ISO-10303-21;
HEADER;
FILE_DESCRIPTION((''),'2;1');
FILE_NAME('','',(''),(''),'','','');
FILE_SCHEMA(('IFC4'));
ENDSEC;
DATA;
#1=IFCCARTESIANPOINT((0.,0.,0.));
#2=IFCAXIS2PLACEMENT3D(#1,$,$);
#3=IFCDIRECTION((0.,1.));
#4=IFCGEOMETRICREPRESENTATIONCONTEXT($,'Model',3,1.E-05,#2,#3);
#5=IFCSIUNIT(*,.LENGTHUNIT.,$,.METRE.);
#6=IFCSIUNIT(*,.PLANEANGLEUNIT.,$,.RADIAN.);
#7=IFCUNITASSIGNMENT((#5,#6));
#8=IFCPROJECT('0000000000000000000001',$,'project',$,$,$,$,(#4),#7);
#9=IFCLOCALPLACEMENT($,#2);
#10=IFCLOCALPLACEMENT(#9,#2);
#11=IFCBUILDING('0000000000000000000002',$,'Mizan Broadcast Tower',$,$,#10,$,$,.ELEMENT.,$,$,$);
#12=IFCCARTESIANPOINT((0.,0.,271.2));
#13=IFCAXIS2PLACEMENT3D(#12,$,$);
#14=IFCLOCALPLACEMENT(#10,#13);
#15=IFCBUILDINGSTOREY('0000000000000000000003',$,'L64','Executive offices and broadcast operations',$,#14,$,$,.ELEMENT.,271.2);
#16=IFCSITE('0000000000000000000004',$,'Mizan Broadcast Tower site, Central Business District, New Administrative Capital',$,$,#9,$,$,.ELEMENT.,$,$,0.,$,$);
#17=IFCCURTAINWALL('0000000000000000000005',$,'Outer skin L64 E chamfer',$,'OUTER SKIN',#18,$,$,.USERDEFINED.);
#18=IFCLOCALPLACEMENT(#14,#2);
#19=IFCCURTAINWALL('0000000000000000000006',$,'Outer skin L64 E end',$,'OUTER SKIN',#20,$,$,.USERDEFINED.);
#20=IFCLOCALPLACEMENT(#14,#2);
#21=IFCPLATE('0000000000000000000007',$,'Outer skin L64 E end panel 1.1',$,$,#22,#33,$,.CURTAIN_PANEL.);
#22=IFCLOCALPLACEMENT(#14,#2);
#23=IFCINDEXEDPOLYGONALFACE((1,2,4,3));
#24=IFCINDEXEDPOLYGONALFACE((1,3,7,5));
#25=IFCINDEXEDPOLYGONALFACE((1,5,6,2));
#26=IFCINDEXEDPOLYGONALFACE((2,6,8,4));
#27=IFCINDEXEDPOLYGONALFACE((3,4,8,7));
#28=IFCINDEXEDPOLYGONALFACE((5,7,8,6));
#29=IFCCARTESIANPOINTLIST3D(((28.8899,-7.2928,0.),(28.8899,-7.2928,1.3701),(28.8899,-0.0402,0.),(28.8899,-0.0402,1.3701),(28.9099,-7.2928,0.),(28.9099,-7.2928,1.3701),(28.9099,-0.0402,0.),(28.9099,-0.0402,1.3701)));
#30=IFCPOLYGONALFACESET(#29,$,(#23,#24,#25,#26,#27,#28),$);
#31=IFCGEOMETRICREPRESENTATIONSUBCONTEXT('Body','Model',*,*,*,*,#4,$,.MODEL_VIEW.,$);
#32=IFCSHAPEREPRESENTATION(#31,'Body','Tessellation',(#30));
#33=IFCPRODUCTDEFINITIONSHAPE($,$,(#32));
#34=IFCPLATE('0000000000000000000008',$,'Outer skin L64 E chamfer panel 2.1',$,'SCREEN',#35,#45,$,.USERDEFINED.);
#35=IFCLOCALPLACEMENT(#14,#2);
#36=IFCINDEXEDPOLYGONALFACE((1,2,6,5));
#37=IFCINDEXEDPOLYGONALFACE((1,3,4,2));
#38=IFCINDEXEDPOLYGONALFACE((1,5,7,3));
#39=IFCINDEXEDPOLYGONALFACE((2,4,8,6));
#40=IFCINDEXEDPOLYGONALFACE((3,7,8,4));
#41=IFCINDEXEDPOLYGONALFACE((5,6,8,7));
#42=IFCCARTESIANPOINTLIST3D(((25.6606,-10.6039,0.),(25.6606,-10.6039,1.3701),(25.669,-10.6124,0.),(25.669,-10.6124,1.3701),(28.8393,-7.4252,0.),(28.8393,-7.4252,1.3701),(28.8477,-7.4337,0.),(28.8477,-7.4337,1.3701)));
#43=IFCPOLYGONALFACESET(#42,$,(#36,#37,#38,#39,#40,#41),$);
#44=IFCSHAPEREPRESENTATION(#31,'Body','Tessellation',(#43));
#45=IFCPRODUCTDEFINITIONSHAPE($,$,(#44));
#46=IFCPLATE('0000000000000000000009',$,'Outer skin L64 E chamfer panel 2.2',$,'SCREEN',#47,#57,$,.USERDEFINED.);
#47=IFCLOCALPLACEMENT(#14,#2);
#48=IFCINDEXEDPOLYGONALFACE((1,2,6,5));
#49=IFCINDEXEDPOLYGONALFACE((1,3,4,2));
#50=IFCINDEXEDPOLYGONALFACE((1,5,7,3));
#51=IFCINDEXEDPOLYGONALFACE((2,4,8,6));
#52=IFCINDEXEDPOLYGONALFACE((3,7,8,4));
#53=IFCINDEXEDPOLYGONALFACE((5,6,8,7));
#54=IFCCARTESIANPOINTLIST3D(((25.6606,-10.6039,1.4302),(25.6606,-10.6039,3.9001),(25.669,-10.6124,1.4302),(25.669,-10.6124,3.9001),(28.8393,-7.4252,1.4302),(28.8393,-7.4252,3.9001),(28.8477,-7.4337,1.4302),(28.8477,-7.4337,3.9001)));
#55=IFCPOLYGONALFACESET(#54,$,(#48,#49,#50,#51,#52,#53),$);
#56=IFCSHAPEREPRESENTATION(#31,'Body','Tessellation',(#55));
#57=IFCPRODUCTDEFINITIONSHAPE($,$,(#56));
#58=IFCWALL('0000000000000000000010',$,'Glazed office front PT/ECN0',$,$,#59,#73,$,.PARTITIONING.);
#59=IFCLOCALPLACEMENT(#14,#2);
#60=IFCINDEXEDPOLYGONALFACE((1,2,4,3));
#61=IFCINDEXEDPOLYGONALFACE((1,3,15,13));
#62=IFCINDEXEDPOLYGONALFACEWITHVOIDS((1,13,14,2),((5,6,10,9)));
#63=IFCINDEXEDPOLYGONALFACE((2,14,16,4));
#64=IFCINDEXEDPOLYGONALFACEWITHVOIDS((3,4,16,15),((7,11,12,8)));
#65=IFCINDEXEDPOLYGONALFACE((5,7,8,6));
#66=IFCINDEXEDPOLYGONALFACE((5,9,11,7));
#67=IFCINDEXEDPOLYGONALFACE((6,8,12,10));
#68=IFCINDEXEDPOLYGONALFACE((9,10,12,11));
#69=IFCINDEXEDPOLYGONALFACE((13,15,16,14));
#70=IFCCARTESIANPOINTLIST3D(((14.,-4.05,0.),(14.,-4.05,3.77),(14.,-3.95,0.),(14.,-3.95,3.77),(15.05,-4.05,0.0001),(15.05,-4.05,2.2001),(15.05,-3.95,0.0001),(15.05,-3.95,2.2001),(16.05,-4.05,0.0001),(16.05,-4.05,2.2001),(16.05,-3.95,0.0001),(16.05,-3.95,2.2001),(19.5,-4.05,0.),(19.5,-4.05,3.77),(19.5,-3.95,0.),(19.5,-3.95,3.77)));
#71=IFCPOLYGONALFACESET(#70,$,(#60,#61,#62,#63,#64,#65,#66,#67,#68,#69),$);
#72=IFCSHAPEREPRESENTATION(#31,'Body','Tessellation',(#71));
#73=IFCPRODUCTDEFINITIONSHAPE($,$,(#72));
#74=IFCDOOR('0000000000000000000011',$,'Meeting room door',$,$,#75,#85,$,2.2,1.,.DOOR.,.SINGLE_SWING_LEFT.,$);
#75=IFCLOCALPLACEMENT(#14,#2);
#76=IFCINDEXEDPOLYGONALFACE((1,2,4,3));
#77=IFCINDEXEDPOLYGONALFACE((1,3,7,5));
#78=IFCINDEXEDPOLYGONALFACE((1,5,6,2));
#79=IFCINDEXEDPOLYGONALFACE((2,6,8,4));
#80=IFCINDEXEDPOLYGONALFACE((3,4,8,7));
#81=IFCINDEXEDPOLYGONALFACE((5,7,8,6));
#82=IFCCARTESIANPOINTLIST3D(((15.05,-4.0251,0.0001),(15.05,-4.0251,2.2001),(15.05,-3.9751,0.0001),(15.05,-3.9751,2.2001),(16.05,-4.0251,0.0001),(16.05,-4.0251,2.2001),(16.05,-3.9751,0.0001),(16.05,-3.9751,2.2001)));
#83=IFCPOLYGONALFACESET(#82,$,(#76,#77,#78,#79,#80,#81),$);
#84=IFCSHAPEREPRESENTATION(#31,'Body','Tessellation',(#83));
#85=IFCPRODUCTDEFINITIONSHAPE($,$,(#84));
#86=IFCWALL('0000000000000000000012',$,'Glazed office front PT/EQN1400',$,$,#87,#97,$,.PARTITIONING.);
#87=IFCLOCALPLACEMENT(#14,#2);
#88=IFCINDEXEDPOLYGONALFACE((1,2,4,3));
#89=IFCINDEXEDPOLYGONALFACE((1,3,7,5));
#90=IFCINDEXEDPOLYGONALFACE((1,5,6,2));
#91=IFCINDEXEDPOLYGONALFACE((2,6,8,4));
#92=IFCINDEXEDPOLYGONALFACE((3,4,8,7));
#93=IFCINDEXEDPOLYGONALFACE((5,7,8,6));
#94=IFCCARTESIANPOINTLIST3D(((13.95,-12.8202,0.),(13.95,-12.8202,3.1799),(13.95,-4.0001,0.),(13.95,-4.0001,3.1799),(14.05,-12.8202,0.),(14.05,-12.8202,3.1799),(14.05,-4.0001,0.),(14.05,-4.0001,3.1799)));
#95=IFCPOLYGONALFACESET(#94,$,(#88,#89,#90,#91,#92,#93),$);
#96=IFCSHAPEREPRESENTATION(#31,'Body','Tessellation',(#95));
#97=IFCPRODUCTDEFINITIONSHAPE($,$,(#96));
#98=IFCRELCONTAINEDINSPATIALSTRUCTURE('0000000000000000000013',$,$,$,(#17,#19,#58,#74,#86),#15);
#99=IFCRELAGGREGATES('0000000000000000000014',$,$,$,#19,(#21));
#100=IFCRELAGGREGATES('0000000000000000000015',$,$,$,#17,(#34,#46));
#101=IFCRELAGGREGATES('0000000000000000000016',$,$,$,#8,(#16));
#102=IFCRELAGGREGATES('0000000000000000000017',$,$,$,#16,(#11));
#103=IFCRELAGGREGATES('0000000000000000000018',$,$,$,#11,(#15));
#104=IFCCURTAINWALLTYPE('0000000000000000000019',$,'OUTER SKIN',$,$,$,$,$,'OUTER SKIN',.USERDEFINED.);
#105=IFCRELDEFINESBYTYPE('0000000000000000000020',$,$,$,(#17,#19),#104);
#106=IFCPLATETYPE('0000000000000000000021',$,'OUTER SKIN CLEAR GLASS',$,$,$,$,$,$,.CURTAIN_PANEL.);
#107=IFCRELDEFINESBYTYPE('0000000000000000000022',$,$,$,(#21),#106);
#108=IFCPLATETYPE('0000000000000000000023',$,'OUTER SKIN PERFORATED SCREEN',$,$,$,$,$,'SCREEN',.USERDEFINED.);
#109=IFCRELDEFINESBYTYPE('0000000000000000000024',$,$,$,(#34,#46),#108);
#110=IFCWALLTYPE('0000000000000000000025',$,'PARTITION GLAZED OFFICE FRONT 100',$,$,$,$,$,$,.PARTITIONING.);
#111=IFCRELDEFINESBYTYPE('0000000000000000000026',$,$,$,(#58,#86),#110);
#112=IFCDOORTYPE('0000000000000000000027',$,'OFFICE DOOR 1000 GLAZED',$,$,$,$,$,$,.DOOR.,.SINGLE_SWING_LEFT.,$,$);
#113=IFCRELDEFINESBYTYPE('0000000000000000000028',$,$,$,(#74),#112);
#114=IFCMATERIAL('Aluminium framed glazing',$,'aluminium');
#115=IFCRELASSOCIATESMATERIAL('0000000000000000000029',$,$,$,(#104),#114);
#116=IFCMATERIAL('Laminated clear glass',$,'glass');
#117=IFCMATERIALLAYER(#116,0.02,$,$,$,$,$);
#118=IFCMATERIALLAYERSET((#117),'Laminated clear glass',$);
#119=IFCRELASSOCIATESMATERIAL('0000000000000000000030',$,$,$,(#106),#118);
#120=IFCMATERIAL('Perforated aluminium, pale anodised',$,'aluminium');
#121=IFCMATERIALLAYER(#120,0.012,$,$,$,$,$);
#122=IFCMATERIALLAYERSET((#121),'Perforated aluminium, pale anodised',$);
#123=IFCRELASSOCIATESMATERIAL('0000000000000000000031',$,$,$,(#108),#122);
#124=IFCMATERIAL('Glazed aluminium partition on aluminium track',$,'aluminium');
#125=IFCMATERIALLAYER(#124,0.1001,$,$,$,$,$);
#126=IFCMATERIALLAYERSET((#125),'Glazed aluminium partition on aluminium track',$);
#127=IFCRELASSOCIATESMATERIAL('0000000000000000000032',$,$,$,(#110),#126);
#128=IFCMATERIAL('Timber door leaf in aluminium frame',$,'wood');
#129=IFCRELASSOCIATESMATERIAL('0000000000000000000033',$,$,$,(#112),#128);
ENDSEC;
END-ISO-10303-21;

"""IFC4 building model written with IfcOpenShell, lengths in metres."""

from ifc_helpers import new_model, si_unit, direction, frame, frame_2d, origin, origin_2d, place, context, subcontext, project, spatial, rectangle, extrude, material, layer, layer_set, type_object, element, fill, aggregate, save


model = new_model("IFC4")

# Units and contexts
model_context = context("Model", 3, precision=1e-05, world=origin(), true_north=direction((0.0, 1.0)))
body_context = subcontext(model_context, "Body", "Model", "MODEL_VIEW")
ifc_project = project(units=[si_unit("LENGTHUNIT", "METRE"), si_unit("PLANEANGLEUNIT", "RADIAN")], contexts=[model_context])

# Site, building, storey
site_placement = place(None, origin())
site = spatial("IfcSite", under=ifc_project, at=site_placement, Name="Mizan Broadcast Tower site, Central Business District, New Administrative Capital", CompositionType="ELEMENT", RefElevation=0.0)
building_placement = place(site_placement, origin())
building = spatial("IfcBuilding", under=site, at=building_placement, Name="Mizan Broadcast Tower", CompositionType="ELEMENT")
storey_placement = place(building_placement, frame((0.0, 0.0, 271.2)))
storey = spatial("IfcBuildingStorey", under=building, at=storey_placement, Name="L64", Description="Executive offices and broadcast operations", CompositionType="ELEMENT", Elevation=271.2)

# Curtain wall
ifc_material_1 = material(Name="Aluminium framed glazing", Category="aluminium")
curtain_wall_type_1 = type_object("IfcCurtainWallType", Name="OUTER SKIN", ElementType="OUTER SKIN", PredefinedType="USERDEFINED", material=ifc_material_1)
curtain_wall_1_placement = place(storey_placement, origin())
curtain_wall_1 = element("IfcCurtainWall", 1, at=curtain_wall_1_placement, inside=storey, type_object=curtain_wall_type_1, Name="Outer skin L64 E chamfer", ObjectType="OUTER SKIN", PredefinedType="USERDEFINED")

# Curtain wall
curtain_wall_2_placement = place(storey_placement, origin())
curtain_wall_2 = element("IfcCurtainWall", 2, at=curtain_wall_2_placement, inside=storey, type_object=curtain_wall_type_1, Name="Outer skin L64 E end", ObjectType="OUTER SKIN", PredefinedType="USERDEFINED")

# Plates
ifc_material_2 = material(Name="Laminated clear glass", Category="glass")
ifc_layer_1 = layer(ifc_material_2, 0.02)
ifc_layer_set_1 = layer_set([ifc_layer_1], Name="Laminated clear glass")
plate_type_1 = type_object("IfcPlateType", Name="OUTER SKIN CLEAR GLASS", PredefinedType="CURTAIN_PANEL", material=ifc_layer_set_1)
plate_1_placement = place(storey_placement, frame((28.8999, -3.6665, 0.0), z_axis=(0.0, 0.0, 1.0), x_axis=(0.0, 1.0, 0.0)))
plate_1 = element("IfcPlate", 3, at=plate_1_placement, type_object=plate_type_1, Name="Outer skin L64 E end panel 1.1", PredefinedType="CURTAIN_PANEL", context=body_context, shape_type="SweptSolid", body=[
    extrude(rectangle(XDim=7.2527, YDim=0.02, at=origin_2d()), origin(), (0.0, 0.0, 1.0), 1.3701),
])
aggregate(curtain_wall_2, [plate_1])
ifc_material_3 = material(Name="Perforated aluminium, pale anodised", Category="aluminium")
ifc_layer_2 = layer(ifc_material_3, 0.012)
ifc_layer_set_2 = layer_set([ifc_layer_2], Name="Perforated aluminium, pale anodised")
plate_type_2 = type_object("IfcPlateType", Name="OUTER SKIN PERFORATED SCREEN", ElementType="SCREEN", PredefinedType="USERDEFINED", material=ifc_layer_set_2)
plate_2_placement = place(storey_placement, frame((27.2542, -9.0188, 0.0), z_axis=(0.0, 0.0, 1.0), x_axis=(0.707107, 0.707107, 0.0)))
plate_2 = element("IfcPlate", 4, at=plate_2_placement, type_object=plate_type_2, Name="Outer skin L64 E chamfer panel 2.1", ObjectType="SCREEN", PredefinedType="USERDEFINED", context=body_context, shape_type="SweptSolid", body=[
    extrude(rectangle(XDim=4.4954, YDim=0.012, at=origin_2d()), origin(), (0.0, 0.0, 1.0), 1.3701),
])
plate_3_placement = place(storey_placement, frame((27.2542, -9.0188, 1.4302), z_axis=(0.0, 0.0, 1.0), x_axis=(0.707107, 0.707107, 0.0)))
plate_3 = element("IfcPlate", 5, at=plate_3_placement, type_object=plate_type_2, Name="Outer skin L64 E chamfer panel 2.2", ObjectType="SCREEN", PredefinedType="USERDEFINED", context=body_context, shape_type="SweptSolid", body=[
    extrude(rectangle(XDim=4.4954, YDim=0.012, at=origin_2d()), origin(), (0.0, 0.0, 1.0), 2.47),
])
aggregate(curtain_wall_1, [plate_2, plate_3])

# Wall, opening, door
ifc_material_4 = material(Name="Glazed aluminium partition on aluminium track", Category="aluminium")
ifc_layer_3 = layer(ifc_material_4, 0.1001)
ifc_layer_set_3 = layer_set([ifc_layer_3], Name="Glazed aluminium partition on aluminium track")
wall_type = type_object("IfcWallType", Name="PARTITION GLAZED OFFICE FRONT 100", PredefinedType="PARTITIONING", material=ifc_layer_set_3)
wall_1_placement = place(storey_placement, frame((14.0, -4.0, 0.0), z_axis=(0.0, 0.0, 1.0), x_axis=(1.0, 0.0, 0.0)))
wall_1 = element("IfcWall", 6, at=wall_1_placement, inside=storey, type_object=wall_type, Name="Glazed office front PT/ECN0", PredefinedType="PARTITIONING", context=body_context, shape_type="SweptSolid", body=[
    extrude(rectangle(XDim=5.5, YDim=0.1001, at=frame_2d((2.75, 0.0))), origin(), (0.0, 0.0, 1.0), 3.77),
])
opening_placement = place(wall_1_placement, frame((1.05, 0.0, 0.0)))
opening = element("IfcOpeningElement", 7, at=opening_placement, cuts=wall_1, PredefinedType="OPENING", context=body_context, shape_type="SweptSolid", body=[
    extrude(rectangle(XDim=1.0, YDim=2.2, at=frame_2d((0.5, 1.1001))), frame((0.0, 0.0601, 0.0), z_axis=(0.0, -1.0, 0.0), x_axis=(1.0, 0.0, 0.0)), (0.0, 0.0, 1.0), 0.1201),
])
ifc_material_5 = material(Name="Timber door leaf in aluminium frame", Category="wood")
door_type = type_object("IfcDoorType", Name="OFFICE DOOR 1000 GLAZED", OperationType="SINGLE_SWING_LEFT", PredefinedType="DOOR", material=ifc_material_5)
door_placement = place(opening_placement, origin())
door = element("IfcDoor", 8, at=door_placement, inside=storey, type_object=door_type, Name="Meeting room door", OperationType="SINGLE_SWING_LEFT", OverallHeight=2.2, OverallWidth=1.0, PredefinedType="DOOR", context=body_context, shape_type="SweptSolid", body=[
    extrude(rectangle(XDim=1.0, YDim=2.2, at=frame_2d((0.5, 1.1001))), frame((0.0, 0.0249, 0.0), z_axis=(0.0, -1.0, 0.0), x_axis=(1.0, 0.0, 0.0)), (0.0, 0.0, 1.0), 0.05),
])
fill(opening, door)

# Wall
wall_2_placement = place(storey_placement, frame((14.0, -4.0, 0.0), z_axis=(0.0, 0.0, 1.0), x_axis=(0.0, -1.0, 0.0)))
element("IfcWall", 9, at=wall_2_placement, inside=storey, type_object=wall_type, Name="Glazed office front PT/EQN1400", PredefinedType="PARTITIONING", context=body_context, shape_type="SweptSolid", body=[
    extrude(rectangle(XDim=8.8201, YDim=0.1001, at=frame_2d((4.4102, 0.0))), origin(), (0.0, 0.0, 1.0), 3.1799),
])

save(model, "model.ifc")
